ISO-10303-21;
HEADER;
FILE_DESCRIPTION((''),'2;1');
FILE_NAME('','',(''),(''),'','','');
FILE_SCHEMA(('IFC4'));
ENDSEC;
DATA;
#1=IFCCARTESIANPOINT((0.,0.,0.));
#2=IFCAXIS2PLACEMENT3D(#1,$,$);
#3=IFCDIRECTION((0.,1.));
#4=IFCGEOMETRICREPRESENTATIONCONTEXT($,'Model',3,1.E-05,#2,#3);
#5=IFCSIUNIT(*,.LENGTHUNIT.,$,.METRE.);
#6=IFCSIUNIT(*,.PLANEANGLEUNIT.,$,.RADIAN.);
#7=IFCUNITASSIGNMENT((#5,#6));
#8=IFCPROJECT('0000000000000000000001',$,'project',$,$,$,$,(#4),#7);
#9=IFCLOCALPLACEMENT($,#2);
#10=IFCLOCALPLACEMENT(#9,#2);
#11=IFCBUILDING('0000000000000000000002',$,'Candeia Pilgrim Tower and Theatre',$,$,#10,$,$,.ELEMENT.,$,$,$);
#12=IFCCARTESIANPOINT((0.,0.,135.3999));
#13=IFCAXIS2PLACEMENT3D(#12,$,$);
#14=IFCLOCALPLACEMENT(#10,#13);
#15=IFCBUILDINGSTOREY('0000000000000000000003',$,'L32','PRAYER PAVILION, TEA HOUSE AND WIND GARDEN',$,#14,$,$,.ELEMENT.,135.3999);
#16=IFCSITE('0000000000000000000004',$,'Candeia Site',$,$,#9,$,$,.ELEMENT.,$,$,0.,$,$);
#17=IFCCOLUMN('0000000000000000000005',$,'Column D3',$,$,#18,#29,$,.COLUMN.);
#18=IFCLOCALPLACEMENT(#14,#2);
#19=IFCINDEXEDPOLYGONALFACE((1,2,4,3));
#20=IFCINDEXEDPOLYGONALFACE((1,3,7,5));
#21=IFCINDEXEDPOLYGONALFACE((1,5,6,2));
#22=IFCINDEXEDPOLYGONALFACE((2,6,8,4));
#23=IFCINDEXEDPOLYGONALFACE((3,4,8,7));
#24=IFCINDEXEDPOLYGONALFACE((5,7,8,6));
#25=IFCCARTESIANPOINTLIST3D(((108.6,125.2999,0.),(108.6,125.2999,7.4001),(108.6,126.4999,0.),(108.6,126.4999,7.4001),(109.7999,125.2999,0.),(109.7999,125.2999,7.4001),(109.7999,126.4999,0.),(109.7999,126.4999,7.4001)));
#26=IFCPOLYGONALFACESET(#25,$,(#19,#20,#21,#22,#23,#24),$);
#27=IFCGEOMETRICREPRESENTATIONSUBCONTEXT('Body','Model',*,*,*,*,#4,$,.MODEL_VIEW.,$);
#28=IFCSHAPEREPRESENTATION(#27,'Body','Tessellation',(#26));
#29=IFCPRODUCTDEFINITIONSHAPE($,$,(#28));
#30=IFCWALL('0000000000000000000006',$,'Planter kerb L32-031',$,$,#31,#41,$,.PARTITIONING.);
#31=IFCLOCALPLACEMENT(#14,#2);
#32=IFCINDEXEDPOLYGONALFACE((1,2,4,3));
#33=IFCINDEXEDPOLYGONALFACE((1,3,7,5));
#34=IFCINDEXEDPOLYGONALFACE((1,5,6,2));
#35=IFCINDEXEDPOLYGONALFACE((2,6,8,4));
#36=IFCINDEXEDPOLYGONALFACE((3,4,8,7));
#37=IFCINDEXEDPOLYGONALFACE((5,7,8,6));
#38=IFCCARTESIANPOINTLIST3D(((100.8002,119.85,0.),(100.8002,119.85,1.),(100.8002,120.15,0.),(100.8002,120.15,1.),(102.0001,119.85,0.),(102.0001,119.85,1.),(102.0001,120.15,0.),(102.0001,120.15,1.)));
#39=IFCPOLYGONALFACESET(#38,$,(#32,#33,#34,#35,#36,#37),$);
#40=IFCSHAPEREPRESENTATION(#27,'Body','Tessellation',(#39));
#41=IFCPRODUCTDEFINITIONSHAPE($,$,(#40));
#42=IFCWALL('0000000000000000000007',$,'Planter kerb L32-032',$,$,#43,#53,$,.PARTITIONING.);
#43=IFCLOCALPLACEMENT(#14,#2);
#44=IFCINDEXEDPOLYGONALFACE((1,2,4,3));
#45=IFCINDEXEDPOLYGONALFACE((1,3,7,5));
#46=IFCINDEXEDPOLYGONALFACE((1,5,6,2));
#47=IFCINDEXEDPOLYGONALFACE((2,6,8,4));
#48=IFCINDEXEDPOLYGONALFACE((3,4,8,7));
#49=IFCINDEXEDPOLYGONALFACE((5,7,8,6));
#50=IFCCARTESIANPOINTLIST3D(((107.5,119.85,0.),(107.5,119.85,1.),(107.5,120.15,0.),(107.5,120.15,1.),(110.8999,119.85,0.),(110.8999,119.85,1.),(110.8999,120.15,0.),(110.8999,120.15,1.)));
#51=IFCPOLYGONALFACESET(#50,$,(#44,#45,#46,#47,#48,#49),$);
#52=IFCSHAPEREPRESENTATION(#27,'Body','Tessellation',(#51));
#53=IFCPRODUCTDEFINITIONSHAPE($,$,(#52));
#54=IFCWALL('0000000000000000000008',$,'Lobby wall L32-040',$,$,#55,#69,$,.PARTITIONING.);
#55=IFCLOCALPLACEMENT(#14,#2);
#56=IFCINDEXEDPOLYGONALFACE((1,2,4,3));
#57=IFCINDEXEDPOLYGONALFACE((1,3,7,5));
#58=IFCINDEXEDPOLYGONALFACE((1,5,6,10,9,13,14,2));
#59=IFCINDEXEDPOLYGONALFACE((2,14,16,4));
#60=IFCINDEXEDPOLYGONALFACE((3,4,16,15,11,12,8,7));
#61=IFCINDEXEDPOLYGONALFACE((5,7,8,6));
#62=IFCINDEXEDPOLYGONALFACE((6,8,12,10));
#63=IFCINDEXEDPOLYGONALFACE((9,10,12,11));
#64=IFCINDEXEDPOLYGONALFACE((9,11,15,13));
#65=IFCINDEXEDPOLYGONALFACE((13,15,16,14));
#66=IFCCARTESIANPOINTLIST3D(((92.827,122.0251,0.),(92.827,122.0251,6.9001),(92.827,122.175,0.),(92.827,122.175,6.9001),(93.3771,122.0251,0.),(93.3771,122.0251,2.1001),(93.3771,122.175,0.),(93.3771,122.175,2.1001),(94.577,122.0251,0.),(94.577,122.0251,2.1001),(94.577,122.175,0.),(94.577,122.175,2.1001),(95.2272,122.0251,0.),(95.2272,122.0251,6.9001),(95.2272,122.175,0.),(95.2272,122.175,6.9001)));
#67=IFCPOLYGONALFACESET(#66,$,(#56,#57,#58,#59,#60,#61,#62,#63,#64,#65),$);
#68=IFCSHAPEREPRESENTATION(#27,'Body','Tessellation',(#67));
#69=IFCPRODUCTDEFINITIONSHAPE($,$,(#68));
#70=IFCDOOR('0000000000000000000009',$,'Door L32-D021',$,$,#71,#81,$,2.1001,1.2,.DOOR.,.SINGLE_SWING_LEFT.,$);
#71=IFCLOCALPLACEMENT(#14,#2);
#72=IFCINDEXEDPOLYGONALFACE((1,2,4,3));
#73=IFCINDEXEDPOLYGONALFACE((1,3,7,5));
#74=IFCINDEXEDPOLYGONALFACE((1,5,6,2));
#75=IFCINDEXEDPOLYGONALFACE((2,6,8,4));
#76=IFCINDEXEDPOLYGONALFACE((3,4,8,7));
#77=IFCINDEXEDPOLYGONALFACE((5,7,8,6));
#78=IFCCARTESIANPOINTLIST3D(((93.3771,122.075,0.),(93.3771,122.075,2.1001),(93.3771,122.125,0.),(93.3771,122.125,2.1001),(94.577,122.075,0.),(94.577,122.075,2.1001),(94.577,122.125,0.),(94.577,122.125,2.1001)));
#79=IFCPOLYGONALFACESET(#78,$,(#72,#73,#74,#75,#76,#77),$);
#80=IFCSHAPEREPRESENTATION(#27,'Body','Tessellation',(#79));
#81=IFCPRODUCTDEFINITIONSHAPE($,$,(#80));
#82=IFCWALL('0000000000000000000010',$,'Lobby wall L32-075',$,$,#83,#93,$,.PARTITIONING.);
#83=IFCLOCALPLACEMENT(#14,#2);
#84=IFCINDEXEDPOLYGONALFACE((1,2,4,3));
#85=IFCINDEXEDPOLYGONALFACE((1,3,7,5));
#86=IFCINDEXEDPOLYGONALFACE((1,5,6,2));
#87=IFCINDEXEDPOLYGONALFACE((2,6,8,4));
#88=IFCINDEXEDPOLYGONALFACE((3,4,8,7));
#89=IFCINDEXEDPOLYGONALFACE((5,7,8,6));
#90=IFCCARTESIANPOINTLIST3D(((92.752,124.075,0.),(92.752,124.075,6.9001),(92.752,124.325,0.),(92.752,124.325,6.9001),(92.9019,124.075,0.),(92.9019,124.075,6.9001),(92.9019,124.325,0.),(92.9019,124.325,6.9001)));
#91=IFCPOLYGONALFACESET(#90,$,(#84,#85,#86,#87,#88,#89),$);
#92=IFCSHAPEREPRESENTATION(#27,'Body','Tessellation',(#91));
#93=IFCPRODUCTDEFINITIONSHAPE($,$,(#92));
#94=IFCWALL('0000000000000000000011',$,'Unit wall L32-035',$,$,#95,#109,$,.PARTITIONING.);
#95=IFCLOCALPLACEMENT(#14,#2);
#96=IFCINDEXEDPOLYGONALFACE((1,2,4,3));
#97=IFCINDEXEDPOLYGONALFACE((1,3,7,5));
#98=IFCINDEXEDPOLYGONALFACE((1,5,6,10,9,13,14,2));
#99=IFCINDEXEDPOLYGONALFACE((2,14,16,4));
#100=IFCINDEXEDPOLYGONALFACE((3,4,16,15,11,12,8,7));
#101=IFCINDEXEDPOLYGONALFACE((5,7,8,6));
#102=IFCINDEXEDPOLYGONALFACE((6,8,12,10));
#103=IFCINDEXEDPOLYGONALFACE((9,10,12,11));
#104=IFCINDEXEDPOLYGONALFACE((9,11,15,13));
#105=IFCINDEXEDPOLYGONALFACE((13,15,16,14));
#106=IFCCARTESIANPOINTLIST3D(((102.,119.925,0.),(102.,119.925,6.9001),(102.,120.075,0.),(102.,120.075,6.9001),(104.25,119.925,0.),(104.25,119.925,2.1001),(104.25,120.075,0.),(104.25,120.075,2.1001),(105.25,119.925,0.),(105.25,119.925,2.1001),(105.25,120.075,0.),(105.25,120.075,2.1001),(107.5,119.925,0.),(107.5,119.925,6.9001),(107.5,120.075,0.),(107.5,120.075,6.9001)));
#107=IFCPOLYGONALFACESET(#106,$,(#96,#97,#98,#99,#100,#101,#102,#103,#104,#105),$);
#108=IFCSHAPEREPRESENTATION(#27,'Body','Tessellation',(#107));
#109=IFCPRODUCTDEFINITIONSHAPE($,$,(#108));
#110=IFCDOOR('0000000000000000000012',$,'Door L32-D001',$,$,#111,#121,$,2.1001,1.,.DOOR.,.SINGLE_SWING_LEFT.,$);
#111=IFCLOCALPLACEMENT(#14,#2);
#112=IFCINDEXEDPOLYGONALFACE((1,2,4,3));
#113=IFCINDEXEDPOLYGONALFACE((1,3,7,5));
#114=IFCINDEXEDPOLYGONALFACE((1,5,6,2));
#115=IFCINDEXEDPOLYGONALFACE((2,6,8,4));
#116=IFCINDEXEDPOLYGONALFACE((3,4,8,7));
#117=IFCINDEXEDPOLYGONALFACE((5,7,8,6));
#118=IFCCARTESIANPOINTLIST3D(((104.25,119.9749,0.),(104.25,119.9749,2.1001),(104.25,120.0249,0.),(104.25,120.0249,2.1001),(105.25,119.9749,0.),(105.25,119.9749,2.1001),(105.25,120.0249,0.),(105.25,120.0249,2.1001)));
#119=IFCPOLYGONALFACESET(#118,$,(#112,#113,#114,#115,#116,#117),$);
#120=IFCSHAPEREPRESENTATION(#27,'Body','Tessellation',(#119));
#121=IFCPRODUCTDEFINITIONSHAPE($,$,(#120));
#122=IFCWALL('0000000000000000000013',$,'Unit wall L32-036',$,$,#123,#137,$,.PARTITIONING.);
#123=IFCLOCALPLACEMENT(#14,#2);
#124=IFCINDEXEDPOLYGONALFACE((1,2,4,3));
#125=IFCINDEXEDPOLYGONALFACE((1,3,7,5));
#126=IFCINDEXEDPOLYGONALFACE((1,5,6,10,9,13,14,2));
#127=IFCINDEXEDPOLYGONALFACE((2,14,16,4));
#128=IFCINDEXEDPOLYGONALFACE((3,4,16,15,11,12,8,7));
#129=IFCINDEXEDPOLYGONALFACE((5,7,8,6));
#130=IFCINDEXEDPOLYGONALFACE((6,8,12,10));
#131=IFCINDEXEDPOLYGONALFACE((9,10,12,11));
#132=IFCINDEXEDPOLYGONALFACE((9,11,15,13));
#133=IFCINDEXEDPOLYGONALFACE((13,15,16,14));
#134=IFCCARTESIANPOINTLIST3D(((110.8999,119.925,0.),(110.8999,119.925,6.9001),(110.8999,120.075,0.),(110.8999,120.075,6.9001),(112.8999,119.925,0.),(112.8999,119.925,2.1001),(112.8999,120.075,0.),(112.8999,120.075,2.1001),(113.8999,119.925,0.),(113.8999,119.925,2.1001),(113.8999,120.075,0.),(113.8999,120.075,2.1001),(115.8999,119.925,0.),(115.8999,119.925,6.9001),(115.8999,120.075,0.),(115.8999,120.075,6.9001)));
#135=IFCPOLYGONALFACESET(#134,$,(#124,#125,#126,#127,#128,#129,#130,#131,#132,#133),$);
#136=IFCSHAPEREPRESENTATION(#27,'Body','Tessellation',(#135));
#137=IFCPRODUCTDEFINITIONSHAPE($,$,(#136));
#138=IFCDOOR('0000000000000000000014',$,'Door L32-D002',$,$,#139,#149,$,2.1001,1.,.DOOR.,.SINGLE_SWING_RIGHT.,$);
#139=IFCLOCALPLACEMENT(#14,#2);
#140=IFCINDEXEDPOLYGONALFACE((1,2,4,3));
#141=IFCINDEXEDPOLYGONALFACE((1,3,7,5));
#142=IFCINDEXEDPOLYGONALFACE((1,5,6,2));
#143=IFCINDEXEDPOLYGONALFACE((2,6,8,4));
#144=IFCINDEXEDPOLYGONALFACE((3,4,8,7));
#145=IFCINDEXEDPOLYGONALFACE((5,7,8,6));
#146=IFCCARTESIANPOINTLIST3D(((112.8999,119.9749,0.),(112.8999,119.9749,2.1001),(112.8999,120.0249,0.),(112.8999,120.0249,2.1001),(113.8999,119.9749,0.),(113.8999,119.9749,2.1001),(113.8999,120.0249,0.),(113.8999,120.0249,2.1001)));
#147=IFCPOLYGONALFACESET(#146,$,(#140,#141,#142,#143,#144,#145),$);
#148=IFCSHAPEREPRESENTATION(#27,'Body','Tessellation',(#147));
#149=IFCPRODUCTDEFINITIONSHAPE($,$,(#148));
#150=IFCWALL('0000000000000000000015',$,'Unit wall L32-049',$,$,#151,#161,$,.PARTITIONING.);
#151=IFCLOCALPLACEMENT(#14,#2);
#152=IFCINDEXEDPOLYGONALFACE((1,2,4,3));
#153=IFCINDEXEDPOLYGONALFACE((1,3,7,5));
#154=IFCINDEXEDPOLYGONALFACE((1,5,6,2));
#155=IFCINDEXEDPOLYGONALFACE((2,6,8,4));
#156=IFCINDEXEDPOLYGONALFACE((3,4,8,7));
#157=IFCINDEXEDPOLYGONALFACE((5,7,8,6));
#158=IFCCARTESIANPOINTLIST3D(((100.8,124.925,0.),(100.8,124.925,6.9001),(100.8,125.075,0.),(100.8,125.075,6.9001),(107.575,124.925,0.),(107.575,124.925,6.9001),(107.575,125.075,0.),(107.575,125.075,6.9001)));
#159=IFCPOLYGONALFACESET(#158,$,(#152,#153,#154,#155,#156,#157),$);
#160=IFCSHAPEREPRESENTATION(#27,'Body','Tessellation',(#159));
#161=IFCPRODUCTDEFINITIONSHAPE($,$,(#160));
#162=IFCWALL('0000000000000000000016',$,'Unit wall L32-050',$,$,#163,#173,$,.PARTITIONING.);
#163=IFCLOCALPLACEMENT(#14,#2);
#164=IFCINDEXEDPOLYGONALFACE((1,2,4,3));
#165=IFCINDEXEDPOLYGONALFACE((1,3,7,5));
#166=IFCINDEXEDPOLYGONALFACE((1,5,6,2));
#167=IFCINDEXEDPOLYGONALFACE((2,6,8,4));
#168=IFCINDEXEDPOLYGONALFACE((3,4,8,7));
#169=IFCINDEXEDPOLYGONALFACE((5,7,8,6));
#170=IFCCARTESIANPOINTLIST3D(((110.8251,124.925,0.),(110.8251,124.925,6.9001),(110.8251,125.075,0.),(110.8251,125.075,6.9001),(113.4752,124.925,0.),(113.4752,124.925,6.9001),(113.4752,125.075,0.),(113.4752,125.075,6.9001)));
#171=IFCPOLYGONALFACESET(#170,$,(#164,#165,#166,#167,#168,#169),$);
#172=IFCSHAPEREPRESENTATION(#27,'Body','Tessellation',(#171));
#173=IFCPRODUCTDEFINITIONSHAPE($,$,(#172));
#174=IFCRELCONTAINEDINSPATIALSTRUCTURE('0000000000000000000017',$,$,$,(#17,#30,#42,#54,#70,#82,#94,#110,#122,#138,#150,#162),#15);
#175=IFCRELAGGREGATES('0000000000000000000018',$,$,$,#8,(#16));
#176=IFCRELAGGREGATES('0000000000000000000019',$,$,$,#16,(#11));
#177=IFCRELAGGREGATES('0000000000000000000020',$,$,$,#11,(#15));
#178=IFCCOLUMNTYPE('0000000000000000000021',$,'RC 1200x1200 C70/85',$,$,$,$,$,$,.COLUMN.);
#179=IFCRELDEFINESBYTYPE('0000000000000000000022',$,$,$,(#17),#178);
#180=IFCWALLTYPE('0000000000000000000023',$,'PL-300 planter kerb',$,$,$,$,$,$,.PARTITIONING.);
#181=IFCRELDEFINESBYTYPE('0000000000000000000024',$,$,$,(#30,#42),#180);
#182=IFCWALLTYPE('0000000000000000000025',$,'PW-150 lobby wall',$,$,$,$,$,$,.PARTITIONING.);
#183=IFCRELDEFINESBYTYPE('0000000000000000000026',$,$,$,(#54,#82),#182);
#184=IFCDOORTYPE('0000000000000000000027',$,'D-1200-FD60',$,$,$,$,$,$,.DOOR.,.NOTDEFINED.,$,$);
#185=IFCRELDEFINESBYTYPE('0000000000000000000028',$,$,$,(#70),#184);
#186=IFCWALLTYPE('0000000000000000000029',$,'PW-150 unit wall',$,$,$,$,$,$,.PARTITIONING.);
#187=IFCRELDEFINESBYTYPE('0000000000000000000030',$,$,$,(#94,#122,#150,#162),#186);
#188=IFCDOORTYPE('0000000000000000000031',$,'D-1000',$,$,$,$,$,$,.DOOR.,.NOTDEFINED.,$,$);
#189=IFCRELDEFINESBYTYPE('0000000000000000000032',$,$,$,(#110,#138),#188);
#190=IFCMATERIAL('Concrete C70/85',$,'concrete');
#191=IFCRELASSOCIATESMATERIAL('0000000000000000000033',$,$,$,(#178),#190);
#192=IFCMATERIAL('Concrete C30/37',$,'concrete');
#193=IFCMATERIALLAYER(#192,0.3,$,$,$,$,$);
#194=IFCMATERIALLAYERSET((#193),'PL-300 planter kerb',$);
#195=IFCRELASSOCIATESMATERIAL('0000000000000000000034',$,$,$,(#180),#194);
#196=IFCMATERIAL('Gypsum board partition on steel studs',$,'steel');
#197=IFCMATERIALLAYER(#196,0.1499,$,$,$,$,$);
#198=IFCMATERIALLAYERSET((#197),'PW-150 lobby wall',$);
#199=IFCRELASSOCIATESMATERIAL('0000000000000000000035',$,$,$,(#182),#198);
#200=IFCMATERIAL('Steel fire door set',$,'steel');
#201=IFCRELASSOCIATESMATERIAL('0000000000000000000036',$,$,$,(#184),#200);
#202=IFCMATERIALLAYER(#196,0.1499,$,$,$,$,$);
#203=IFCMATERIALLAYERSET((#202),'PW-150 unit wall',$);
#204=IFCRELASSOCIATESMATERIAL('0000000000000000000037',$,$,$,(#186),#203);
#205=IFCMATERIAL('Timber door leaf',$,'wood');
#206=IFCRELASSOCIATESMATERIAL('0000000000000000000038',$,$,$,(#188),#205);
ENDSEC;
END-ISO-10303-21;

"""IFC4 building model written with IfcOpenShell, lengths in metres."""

from ifc_helpers import new_model, si_unit, direction, frame, frame_2d, origin, origin_2d, place, context, subcontext, project, spatial, rectangle, extrude, material, layer, layer_set, material_profile, profile_set, type_object, element, fill, save


model = new_model("IFC4")

# Units and contexts
model_context = context("Model", 3, precision=1e-05, world=origin(), true_north=direction((0.0, 1.0)))
body_context = subcontext(model_context, "Body", "Model", "MODEL_VIEW")
ifc_project = project(units=[si_unit("LENGTHUNIT", "METRE"), si_unit("PLANEANGLEUNIT", "RADIAN")], contexts=[model_context])

# Site, building, storey
site_placement = place(None, origin())
site = spatial("IfcSite", under=ifc_project, at=site_placement, Name="Candeia Site", CompositionType="ELEMENT", RefElevation=0.0)
building_placement = place(site_placement, origin())
building = spatial("IfcBuilding", under=site, at=building_placement, Name="Candeia Pilgrim Tower and Theatre", CompositionType="ELEMENT")
storey_placement = place(building_placement, frame((0.0, 0.0, 135.3999)))
storey = spatial("IfcBuildingStorey", under=building, at=storey_placement, Name="L32", Description="PRAYER PAVILION, TEA HOUSE AND WIND GARDEN", CompositionType="ELEMENT", Elevation=135.3999)

# Column
ifc_material_1 = material(Name="Concrete C70/85", Category="concrete")
ifc_material_profile = material_profile(ifc_material_1, rectangle(XDim=1.2, YDim=1.2, at=origin_2d()))
ifc_profile_set = profile_set([ifc_material_profile], Name="Concrete C70/85")
column_type = type_object("IfcColumnType", Name="RC 1200x1200 C70/85", PredefinedType="COLUMN", material=ifc_profile_set)
column_placement = place(storey_placement, frame((109.2, 125.8999, 0.0), z_axis=(0.0, 0.0, 1.0), x_axis=(1.0, 0.0, 0.0)))
element("IfcColumn", 1, at=column_placement, inside=storey, type_object=column_type, Name="Column D3", PredefinedType="COLUMN", context=body_context, shape_type="SweptSolid", body=[
    extrude(rectangle(XDim=1.2, YDim=1.2, at=origin_2d()), origin(), (0.0, 0.0, 1.0), 7.4001),
])

# Walls
ifc_material_2 = material(Name="Concrete C30/37", Category="concrete")
ifc_layer_1 = layer(ifc_material_2, 0.3)
ifc_layer_set_1 = layer_set([ifc_layer_1], Name="PL-300 planter kerb")
wall_type_1 = type_object("IfcWallType", Name="PL-300 planter kerb", PredefinedType="PARTITIONING", material=ifc_layer_set_1)
wall_1_placement = place(storey_placement, frame((100.8, 120.0, 0.0), z_axis=(0.0, 0.0, 1.0), x_axis=(1.0, 0.0, 0.0)))
element("IfcWall", 2, at=wall_1_placement, inside=storey, type_object=wall_type_1, Name="Planter kerb L32-031", PredefinedType="PARTITIONING", context=body_context, shape_type="SweptSolid", body=[
    extrude(rectangle(XDim=1.2, YDim=0.3, at=frame_2d((0.6001, 0.0))), origin(), (0.0, 0.0, 1.0), 1.0),
])
wall_2_placement = place(storey_placement, frame((107.5, 120.0, 0.0), z_axis=(0.0, 0.0, 1.0), x_axis=(1.0, 0.0, 0.0)))
element("IfcWall", 3, at=wall_2_placement, inside=storey, type_object=wall_type_1, Name="Planter kerb L32-032", PredefinedType="PARTITIONING", context=body_context, shape_type="SweptSolid", body=[
    extrude(rectangle(XDim=3.3999, YDim=0.3, at=frame_2d((1.7, 0.0))), origin(), (0.0, 0.0, 1.0), 1.0),
])

# Wall, opening, door
ifc_material_3 = material(Name="Gypsum board partition on steel studs", Category="steel")
ifc_layer_2 = layer(ifc_material_3, 0.1499)
ifc_layer_set_2 = layer_set([ifc_layer_2], Name="PW-150 lobby wall")
wall_type_2 = type_object("IfcWallType", Name="PW-150 lobby wall", PredefinedType="PARTITIONING", material=ifc_layer_set_2)
wall_3_placement = place(storey_placement, frame((92.8269, 122.1001, 0.0), z_axis=(0.0, 0.0, 1.0), x_axis=(1.0, 0.0, 0.0)))
wall_3 = element("IfcWall", 4, at=wall_3_placement, inside=storey, type_object=wall_type_2, Name="Lobby wall L32-040", PredefinedType="PARTITIONING", context=body_context, shape_type="SweptSolid", body=[
    extrude(rectangle(XDim=2.4001, YDim=0.1499, at=frame_2d((1.2002, 0.0))), origin(), (0.0, 0.0, 1.0), 6.9001),
])
opening_1_placement = place(wall_3_placement, frame((0.55, 0.0, 0.0)))
opening_1 = element("IfcOpeningElement", 5, at=opening_1_placement, cuts=wall_3, PredefinedType="OPENING", context=body_context, shape_type="SweptSolid", body=[
    extrude(rectangle(XDim=1.2, YDim=2.1001, at=frame_2d((0.6001, 1.05))), frame((0.0, 0.085, 0.0), z_axis=(0.0, -1.0, 0.0), x_axis=(1.0, 0.0, 0.0)), (0.0, 0.0, 1.0), 0.1699),
])
ifc_material_4 = material(Name="Steel fire door set", Category="steel")
door_type_1 = type_object("IfcDoorType", Name="D-1200-FD60", OperationType="NOTDEFINED", PredefinedType="DOOR", material=ifc_material_4)
door_1_placement = place(opening_1_placement, origin())
door_1 = element("IfcDoor", 6, at=door_1_placement, inside=storey, type_object=door_type_1, Name="Door L32-D021", OperationType="SINGLE_SWING_LEFT", OverallHeight=2.1001, OverallWidth=1.2, PredefinedType="DOOR", context=body_context, shape_type="SweptSolid", body=[
    extrude(rectangle(XDim=1.2, YDim=2.1001, at=frame_2d((0.6001, 1.05))), frame((0.0, 0.0249, 0.0), z_axis=(0.0, -1.0, 0.0), x_axis=(1.0, 0.0, 0.0)), (0.0, 0.0, 1.0), 0.05),
])
fill(opening_1, door_1)

# Wall
wall_4_placement = place(storey_placement, frame((92.8269, 124.075, 0.0), z_axis=(0.0, 0.0, 1.0), x_axis=(0.0, 1.0, 0.0)))
element("IfcWall", 7, at=wall_4_placement, inside=storey, type_object=wall_type_2, Name="Lobby wall L32-075", PredefinedType="PARTITIONING", context=body_context, shape_type="SweptSolid", body=[
    extrude(rectangle(XDim=0.25, YDim=0.1499, at=frame_2d((0.125, 0.0))), origin(), (0.0, 0.0, 1.0), 6.9001),
])

# Walls, openings, doors
ifc_layer_3 = layer(ifc_material_3, 0.1499)
ifc_layer_set_3 = layer_set([ifc_layer_3], Name="PW-150 unit wall")
wall_type_3 = type_object("IfcWallType", Name="PW-150 unit wall", PredefinedType="PARTITIONING", material=ifc_layer_set_3)
wall_5_placement = place(storey_placement, frame((102.0, 120.0, 0.0), z_axis=(0.0, 0.0, 1.0), x_axis=(1.0, 0.0, 0.0)))
wall_5 = element("IfcWall", 8, at=wall_5_placement, inside=storey, type_object=wall_type_3, Name="Unit wall L32-035", PredefinedType="PARTITIONING", context=body_context, shape_type="SweptSolid", body=[
    extrude(rectangle(XDim=5.5, YDim=0.1499, at=frame_2d((2.75, 0.0))), origin(), (0.0, 0.0, 1.0), 6.9001),
])
opening_2_placement = place(wall_5_placement, frame((2.25, 0.0, 0.0)))
opening_2 = element("IfcOpeningElement", 9, at=opening_2_placement, cuts=wall_5, PredefinedType="OPENING", context=body_context, shape_type="SweptSolid", body=[
    extrude(rectangle(XDim=1.0, YDim=2.1001, at=frame_2d((0.5, 1.05))), frame((0.0, 0.085, 0.0), z_axis=(0.0, -1.0, 0.0), x_axis=(1.0, 0.0, 0.0)), (0.0, 0.0, 1.0), 0.1699),
])
ifc_material_5 = material(Name="Timber door leaf", Category="wood")
door_type_2 = type_object("IfcDoorType", Name="D-1000", OperationType="NOTDEFINED", PredefinedType="DOOR", material=ifc_material_5)
door_2_placement = place(opening_2_placement, origin())
door_2 = element("IfcDoor", 10, at=door_2_placement, inside=storey, type_object=door_type_2, Name="Door L32-D001", OperationType="SINGLE_SWING_LEFT", OverallHeight=2.1001, OverallWidth=1.0, PredefinedType="DOOR", context=body_context, shape_type="SweptSolid", body=[
    extrude(rectangle(XDim=1.0, YDim=2.1001, at=frame_2d((0.5, 1.05))), frame((0.0, 0.0249, 0.0), z_axis=(0.0, -1.0, 0.0), x_axis=(1.0, 0.0, 0.0)), (0.0, 0.0, 1.0), 0.05),
])
fill(opening_2, door_2)
wall_6_placement = place(storey_placement, frame((110.8999, 120.0, 0.0), z_axis=(0.0, 0.0, 1.0), x_axis=(1.0, 0.0, 0.0)))
wall_6 = element("IfcWall", 11, at=wall_6_placement, inside=storey, type_object=wall_type_3, Name="Unit wall L32-036", PredefinedType="PARTITIONING", context=body_context, shape_type="SweptSolid", body=[
    extrude(rectangle(XDim=5.0, YDim=0.1499, at=frame_2d((2.5, 0.0))), origin(), (0.0, 0.0, 1.0), 6.9001),
])
opening_3_placement = place(wall_6_placement, frame((2.0, 0.0, 0.0)))
opening_3 = element("IfcOpeningElement", 12, at=opening_3_placement, cuts=wall_6, PredefinedType="OPENING", context=body_context, shape_type="SweptSolid", body=[
    extrude(rectangle(XDim=1.0, YDim=2.1001, at=frame_2d((0.5, 1.05))), frame((0.0, 0.085, 0.0), z_axis=(0.0, -1.0, 0.0), x_axis=(1.0, 0.0, 0.0)), (0.0, 0.0, 1.0), 0.1699),
])
door_3_placement = place(opening_3_placement, origin())
door_3 = element("IfcDoor", 13, at=door_3_placement, inside=storey, type_object=door_type_2, Name="Door L32-D002", OperationType="SINGLE_SWING_RIGHT", OverallHeight=2.1001, OverallWidth=1.0, PredefinedType="DOOR", context=body_context, shape_type="SweptSolid", body=[
    extrude(rectangle(XDim=1.0, YDim=2.1001, at=frame_2d((0.5, 1.05))), frame((0.0, 0.0249, 0.0), z_axis=(0.0, -1.0, 0.0), x_axis=(1.0, 0.0, 0.0)), (0.0, 0.0, 1.0), 0.05),
])
fill(opening_3, door_3)

# Walls
wall_7_placement = place(storey_placement, frame((100.8, 125.0, 0.0), z_axis=(0.0, 0.0, 1.0), x_axis=(1.0, 0.0, 0.0)))
element("IfcWall", 14, at=wall_7_placement, inside=storey, type_object=wall_type_3, Name="Unit wall L32-049", PredefinedType="PARTITIONING", context=body_context, shape_type="SweptSolid", body=[
    extrude(rectangle(XDim=6.7749, YDim=0.1499, at=frame_2d((3.3875, 0.0))), origin(), (0.0, 0.0, 1.0), 6.9001),
])
wall_8_placement = place(storey_placement, frame((110.825, 125.0, 0.0), z_axis=(0.0, 0.0, 1.0), x_axis=(1.0, 0.0, 0.0)))
element("IfcWall", 15, at=wall_8_placement, inside=storey, type_object=wall_type_3, Name="Unit wall L32-050", PredefinedType="PARTITIONING", context=body_context, shape_type="SweptSolid", body=[
    extrude(rectangle(XDim=2.6501, YDim=0.1499, at=frame_2d((1.3252, 0.0))), origin(), (0.0, 0.0, 1.0), 6.9001),
])

save(model, "model.ifc")
